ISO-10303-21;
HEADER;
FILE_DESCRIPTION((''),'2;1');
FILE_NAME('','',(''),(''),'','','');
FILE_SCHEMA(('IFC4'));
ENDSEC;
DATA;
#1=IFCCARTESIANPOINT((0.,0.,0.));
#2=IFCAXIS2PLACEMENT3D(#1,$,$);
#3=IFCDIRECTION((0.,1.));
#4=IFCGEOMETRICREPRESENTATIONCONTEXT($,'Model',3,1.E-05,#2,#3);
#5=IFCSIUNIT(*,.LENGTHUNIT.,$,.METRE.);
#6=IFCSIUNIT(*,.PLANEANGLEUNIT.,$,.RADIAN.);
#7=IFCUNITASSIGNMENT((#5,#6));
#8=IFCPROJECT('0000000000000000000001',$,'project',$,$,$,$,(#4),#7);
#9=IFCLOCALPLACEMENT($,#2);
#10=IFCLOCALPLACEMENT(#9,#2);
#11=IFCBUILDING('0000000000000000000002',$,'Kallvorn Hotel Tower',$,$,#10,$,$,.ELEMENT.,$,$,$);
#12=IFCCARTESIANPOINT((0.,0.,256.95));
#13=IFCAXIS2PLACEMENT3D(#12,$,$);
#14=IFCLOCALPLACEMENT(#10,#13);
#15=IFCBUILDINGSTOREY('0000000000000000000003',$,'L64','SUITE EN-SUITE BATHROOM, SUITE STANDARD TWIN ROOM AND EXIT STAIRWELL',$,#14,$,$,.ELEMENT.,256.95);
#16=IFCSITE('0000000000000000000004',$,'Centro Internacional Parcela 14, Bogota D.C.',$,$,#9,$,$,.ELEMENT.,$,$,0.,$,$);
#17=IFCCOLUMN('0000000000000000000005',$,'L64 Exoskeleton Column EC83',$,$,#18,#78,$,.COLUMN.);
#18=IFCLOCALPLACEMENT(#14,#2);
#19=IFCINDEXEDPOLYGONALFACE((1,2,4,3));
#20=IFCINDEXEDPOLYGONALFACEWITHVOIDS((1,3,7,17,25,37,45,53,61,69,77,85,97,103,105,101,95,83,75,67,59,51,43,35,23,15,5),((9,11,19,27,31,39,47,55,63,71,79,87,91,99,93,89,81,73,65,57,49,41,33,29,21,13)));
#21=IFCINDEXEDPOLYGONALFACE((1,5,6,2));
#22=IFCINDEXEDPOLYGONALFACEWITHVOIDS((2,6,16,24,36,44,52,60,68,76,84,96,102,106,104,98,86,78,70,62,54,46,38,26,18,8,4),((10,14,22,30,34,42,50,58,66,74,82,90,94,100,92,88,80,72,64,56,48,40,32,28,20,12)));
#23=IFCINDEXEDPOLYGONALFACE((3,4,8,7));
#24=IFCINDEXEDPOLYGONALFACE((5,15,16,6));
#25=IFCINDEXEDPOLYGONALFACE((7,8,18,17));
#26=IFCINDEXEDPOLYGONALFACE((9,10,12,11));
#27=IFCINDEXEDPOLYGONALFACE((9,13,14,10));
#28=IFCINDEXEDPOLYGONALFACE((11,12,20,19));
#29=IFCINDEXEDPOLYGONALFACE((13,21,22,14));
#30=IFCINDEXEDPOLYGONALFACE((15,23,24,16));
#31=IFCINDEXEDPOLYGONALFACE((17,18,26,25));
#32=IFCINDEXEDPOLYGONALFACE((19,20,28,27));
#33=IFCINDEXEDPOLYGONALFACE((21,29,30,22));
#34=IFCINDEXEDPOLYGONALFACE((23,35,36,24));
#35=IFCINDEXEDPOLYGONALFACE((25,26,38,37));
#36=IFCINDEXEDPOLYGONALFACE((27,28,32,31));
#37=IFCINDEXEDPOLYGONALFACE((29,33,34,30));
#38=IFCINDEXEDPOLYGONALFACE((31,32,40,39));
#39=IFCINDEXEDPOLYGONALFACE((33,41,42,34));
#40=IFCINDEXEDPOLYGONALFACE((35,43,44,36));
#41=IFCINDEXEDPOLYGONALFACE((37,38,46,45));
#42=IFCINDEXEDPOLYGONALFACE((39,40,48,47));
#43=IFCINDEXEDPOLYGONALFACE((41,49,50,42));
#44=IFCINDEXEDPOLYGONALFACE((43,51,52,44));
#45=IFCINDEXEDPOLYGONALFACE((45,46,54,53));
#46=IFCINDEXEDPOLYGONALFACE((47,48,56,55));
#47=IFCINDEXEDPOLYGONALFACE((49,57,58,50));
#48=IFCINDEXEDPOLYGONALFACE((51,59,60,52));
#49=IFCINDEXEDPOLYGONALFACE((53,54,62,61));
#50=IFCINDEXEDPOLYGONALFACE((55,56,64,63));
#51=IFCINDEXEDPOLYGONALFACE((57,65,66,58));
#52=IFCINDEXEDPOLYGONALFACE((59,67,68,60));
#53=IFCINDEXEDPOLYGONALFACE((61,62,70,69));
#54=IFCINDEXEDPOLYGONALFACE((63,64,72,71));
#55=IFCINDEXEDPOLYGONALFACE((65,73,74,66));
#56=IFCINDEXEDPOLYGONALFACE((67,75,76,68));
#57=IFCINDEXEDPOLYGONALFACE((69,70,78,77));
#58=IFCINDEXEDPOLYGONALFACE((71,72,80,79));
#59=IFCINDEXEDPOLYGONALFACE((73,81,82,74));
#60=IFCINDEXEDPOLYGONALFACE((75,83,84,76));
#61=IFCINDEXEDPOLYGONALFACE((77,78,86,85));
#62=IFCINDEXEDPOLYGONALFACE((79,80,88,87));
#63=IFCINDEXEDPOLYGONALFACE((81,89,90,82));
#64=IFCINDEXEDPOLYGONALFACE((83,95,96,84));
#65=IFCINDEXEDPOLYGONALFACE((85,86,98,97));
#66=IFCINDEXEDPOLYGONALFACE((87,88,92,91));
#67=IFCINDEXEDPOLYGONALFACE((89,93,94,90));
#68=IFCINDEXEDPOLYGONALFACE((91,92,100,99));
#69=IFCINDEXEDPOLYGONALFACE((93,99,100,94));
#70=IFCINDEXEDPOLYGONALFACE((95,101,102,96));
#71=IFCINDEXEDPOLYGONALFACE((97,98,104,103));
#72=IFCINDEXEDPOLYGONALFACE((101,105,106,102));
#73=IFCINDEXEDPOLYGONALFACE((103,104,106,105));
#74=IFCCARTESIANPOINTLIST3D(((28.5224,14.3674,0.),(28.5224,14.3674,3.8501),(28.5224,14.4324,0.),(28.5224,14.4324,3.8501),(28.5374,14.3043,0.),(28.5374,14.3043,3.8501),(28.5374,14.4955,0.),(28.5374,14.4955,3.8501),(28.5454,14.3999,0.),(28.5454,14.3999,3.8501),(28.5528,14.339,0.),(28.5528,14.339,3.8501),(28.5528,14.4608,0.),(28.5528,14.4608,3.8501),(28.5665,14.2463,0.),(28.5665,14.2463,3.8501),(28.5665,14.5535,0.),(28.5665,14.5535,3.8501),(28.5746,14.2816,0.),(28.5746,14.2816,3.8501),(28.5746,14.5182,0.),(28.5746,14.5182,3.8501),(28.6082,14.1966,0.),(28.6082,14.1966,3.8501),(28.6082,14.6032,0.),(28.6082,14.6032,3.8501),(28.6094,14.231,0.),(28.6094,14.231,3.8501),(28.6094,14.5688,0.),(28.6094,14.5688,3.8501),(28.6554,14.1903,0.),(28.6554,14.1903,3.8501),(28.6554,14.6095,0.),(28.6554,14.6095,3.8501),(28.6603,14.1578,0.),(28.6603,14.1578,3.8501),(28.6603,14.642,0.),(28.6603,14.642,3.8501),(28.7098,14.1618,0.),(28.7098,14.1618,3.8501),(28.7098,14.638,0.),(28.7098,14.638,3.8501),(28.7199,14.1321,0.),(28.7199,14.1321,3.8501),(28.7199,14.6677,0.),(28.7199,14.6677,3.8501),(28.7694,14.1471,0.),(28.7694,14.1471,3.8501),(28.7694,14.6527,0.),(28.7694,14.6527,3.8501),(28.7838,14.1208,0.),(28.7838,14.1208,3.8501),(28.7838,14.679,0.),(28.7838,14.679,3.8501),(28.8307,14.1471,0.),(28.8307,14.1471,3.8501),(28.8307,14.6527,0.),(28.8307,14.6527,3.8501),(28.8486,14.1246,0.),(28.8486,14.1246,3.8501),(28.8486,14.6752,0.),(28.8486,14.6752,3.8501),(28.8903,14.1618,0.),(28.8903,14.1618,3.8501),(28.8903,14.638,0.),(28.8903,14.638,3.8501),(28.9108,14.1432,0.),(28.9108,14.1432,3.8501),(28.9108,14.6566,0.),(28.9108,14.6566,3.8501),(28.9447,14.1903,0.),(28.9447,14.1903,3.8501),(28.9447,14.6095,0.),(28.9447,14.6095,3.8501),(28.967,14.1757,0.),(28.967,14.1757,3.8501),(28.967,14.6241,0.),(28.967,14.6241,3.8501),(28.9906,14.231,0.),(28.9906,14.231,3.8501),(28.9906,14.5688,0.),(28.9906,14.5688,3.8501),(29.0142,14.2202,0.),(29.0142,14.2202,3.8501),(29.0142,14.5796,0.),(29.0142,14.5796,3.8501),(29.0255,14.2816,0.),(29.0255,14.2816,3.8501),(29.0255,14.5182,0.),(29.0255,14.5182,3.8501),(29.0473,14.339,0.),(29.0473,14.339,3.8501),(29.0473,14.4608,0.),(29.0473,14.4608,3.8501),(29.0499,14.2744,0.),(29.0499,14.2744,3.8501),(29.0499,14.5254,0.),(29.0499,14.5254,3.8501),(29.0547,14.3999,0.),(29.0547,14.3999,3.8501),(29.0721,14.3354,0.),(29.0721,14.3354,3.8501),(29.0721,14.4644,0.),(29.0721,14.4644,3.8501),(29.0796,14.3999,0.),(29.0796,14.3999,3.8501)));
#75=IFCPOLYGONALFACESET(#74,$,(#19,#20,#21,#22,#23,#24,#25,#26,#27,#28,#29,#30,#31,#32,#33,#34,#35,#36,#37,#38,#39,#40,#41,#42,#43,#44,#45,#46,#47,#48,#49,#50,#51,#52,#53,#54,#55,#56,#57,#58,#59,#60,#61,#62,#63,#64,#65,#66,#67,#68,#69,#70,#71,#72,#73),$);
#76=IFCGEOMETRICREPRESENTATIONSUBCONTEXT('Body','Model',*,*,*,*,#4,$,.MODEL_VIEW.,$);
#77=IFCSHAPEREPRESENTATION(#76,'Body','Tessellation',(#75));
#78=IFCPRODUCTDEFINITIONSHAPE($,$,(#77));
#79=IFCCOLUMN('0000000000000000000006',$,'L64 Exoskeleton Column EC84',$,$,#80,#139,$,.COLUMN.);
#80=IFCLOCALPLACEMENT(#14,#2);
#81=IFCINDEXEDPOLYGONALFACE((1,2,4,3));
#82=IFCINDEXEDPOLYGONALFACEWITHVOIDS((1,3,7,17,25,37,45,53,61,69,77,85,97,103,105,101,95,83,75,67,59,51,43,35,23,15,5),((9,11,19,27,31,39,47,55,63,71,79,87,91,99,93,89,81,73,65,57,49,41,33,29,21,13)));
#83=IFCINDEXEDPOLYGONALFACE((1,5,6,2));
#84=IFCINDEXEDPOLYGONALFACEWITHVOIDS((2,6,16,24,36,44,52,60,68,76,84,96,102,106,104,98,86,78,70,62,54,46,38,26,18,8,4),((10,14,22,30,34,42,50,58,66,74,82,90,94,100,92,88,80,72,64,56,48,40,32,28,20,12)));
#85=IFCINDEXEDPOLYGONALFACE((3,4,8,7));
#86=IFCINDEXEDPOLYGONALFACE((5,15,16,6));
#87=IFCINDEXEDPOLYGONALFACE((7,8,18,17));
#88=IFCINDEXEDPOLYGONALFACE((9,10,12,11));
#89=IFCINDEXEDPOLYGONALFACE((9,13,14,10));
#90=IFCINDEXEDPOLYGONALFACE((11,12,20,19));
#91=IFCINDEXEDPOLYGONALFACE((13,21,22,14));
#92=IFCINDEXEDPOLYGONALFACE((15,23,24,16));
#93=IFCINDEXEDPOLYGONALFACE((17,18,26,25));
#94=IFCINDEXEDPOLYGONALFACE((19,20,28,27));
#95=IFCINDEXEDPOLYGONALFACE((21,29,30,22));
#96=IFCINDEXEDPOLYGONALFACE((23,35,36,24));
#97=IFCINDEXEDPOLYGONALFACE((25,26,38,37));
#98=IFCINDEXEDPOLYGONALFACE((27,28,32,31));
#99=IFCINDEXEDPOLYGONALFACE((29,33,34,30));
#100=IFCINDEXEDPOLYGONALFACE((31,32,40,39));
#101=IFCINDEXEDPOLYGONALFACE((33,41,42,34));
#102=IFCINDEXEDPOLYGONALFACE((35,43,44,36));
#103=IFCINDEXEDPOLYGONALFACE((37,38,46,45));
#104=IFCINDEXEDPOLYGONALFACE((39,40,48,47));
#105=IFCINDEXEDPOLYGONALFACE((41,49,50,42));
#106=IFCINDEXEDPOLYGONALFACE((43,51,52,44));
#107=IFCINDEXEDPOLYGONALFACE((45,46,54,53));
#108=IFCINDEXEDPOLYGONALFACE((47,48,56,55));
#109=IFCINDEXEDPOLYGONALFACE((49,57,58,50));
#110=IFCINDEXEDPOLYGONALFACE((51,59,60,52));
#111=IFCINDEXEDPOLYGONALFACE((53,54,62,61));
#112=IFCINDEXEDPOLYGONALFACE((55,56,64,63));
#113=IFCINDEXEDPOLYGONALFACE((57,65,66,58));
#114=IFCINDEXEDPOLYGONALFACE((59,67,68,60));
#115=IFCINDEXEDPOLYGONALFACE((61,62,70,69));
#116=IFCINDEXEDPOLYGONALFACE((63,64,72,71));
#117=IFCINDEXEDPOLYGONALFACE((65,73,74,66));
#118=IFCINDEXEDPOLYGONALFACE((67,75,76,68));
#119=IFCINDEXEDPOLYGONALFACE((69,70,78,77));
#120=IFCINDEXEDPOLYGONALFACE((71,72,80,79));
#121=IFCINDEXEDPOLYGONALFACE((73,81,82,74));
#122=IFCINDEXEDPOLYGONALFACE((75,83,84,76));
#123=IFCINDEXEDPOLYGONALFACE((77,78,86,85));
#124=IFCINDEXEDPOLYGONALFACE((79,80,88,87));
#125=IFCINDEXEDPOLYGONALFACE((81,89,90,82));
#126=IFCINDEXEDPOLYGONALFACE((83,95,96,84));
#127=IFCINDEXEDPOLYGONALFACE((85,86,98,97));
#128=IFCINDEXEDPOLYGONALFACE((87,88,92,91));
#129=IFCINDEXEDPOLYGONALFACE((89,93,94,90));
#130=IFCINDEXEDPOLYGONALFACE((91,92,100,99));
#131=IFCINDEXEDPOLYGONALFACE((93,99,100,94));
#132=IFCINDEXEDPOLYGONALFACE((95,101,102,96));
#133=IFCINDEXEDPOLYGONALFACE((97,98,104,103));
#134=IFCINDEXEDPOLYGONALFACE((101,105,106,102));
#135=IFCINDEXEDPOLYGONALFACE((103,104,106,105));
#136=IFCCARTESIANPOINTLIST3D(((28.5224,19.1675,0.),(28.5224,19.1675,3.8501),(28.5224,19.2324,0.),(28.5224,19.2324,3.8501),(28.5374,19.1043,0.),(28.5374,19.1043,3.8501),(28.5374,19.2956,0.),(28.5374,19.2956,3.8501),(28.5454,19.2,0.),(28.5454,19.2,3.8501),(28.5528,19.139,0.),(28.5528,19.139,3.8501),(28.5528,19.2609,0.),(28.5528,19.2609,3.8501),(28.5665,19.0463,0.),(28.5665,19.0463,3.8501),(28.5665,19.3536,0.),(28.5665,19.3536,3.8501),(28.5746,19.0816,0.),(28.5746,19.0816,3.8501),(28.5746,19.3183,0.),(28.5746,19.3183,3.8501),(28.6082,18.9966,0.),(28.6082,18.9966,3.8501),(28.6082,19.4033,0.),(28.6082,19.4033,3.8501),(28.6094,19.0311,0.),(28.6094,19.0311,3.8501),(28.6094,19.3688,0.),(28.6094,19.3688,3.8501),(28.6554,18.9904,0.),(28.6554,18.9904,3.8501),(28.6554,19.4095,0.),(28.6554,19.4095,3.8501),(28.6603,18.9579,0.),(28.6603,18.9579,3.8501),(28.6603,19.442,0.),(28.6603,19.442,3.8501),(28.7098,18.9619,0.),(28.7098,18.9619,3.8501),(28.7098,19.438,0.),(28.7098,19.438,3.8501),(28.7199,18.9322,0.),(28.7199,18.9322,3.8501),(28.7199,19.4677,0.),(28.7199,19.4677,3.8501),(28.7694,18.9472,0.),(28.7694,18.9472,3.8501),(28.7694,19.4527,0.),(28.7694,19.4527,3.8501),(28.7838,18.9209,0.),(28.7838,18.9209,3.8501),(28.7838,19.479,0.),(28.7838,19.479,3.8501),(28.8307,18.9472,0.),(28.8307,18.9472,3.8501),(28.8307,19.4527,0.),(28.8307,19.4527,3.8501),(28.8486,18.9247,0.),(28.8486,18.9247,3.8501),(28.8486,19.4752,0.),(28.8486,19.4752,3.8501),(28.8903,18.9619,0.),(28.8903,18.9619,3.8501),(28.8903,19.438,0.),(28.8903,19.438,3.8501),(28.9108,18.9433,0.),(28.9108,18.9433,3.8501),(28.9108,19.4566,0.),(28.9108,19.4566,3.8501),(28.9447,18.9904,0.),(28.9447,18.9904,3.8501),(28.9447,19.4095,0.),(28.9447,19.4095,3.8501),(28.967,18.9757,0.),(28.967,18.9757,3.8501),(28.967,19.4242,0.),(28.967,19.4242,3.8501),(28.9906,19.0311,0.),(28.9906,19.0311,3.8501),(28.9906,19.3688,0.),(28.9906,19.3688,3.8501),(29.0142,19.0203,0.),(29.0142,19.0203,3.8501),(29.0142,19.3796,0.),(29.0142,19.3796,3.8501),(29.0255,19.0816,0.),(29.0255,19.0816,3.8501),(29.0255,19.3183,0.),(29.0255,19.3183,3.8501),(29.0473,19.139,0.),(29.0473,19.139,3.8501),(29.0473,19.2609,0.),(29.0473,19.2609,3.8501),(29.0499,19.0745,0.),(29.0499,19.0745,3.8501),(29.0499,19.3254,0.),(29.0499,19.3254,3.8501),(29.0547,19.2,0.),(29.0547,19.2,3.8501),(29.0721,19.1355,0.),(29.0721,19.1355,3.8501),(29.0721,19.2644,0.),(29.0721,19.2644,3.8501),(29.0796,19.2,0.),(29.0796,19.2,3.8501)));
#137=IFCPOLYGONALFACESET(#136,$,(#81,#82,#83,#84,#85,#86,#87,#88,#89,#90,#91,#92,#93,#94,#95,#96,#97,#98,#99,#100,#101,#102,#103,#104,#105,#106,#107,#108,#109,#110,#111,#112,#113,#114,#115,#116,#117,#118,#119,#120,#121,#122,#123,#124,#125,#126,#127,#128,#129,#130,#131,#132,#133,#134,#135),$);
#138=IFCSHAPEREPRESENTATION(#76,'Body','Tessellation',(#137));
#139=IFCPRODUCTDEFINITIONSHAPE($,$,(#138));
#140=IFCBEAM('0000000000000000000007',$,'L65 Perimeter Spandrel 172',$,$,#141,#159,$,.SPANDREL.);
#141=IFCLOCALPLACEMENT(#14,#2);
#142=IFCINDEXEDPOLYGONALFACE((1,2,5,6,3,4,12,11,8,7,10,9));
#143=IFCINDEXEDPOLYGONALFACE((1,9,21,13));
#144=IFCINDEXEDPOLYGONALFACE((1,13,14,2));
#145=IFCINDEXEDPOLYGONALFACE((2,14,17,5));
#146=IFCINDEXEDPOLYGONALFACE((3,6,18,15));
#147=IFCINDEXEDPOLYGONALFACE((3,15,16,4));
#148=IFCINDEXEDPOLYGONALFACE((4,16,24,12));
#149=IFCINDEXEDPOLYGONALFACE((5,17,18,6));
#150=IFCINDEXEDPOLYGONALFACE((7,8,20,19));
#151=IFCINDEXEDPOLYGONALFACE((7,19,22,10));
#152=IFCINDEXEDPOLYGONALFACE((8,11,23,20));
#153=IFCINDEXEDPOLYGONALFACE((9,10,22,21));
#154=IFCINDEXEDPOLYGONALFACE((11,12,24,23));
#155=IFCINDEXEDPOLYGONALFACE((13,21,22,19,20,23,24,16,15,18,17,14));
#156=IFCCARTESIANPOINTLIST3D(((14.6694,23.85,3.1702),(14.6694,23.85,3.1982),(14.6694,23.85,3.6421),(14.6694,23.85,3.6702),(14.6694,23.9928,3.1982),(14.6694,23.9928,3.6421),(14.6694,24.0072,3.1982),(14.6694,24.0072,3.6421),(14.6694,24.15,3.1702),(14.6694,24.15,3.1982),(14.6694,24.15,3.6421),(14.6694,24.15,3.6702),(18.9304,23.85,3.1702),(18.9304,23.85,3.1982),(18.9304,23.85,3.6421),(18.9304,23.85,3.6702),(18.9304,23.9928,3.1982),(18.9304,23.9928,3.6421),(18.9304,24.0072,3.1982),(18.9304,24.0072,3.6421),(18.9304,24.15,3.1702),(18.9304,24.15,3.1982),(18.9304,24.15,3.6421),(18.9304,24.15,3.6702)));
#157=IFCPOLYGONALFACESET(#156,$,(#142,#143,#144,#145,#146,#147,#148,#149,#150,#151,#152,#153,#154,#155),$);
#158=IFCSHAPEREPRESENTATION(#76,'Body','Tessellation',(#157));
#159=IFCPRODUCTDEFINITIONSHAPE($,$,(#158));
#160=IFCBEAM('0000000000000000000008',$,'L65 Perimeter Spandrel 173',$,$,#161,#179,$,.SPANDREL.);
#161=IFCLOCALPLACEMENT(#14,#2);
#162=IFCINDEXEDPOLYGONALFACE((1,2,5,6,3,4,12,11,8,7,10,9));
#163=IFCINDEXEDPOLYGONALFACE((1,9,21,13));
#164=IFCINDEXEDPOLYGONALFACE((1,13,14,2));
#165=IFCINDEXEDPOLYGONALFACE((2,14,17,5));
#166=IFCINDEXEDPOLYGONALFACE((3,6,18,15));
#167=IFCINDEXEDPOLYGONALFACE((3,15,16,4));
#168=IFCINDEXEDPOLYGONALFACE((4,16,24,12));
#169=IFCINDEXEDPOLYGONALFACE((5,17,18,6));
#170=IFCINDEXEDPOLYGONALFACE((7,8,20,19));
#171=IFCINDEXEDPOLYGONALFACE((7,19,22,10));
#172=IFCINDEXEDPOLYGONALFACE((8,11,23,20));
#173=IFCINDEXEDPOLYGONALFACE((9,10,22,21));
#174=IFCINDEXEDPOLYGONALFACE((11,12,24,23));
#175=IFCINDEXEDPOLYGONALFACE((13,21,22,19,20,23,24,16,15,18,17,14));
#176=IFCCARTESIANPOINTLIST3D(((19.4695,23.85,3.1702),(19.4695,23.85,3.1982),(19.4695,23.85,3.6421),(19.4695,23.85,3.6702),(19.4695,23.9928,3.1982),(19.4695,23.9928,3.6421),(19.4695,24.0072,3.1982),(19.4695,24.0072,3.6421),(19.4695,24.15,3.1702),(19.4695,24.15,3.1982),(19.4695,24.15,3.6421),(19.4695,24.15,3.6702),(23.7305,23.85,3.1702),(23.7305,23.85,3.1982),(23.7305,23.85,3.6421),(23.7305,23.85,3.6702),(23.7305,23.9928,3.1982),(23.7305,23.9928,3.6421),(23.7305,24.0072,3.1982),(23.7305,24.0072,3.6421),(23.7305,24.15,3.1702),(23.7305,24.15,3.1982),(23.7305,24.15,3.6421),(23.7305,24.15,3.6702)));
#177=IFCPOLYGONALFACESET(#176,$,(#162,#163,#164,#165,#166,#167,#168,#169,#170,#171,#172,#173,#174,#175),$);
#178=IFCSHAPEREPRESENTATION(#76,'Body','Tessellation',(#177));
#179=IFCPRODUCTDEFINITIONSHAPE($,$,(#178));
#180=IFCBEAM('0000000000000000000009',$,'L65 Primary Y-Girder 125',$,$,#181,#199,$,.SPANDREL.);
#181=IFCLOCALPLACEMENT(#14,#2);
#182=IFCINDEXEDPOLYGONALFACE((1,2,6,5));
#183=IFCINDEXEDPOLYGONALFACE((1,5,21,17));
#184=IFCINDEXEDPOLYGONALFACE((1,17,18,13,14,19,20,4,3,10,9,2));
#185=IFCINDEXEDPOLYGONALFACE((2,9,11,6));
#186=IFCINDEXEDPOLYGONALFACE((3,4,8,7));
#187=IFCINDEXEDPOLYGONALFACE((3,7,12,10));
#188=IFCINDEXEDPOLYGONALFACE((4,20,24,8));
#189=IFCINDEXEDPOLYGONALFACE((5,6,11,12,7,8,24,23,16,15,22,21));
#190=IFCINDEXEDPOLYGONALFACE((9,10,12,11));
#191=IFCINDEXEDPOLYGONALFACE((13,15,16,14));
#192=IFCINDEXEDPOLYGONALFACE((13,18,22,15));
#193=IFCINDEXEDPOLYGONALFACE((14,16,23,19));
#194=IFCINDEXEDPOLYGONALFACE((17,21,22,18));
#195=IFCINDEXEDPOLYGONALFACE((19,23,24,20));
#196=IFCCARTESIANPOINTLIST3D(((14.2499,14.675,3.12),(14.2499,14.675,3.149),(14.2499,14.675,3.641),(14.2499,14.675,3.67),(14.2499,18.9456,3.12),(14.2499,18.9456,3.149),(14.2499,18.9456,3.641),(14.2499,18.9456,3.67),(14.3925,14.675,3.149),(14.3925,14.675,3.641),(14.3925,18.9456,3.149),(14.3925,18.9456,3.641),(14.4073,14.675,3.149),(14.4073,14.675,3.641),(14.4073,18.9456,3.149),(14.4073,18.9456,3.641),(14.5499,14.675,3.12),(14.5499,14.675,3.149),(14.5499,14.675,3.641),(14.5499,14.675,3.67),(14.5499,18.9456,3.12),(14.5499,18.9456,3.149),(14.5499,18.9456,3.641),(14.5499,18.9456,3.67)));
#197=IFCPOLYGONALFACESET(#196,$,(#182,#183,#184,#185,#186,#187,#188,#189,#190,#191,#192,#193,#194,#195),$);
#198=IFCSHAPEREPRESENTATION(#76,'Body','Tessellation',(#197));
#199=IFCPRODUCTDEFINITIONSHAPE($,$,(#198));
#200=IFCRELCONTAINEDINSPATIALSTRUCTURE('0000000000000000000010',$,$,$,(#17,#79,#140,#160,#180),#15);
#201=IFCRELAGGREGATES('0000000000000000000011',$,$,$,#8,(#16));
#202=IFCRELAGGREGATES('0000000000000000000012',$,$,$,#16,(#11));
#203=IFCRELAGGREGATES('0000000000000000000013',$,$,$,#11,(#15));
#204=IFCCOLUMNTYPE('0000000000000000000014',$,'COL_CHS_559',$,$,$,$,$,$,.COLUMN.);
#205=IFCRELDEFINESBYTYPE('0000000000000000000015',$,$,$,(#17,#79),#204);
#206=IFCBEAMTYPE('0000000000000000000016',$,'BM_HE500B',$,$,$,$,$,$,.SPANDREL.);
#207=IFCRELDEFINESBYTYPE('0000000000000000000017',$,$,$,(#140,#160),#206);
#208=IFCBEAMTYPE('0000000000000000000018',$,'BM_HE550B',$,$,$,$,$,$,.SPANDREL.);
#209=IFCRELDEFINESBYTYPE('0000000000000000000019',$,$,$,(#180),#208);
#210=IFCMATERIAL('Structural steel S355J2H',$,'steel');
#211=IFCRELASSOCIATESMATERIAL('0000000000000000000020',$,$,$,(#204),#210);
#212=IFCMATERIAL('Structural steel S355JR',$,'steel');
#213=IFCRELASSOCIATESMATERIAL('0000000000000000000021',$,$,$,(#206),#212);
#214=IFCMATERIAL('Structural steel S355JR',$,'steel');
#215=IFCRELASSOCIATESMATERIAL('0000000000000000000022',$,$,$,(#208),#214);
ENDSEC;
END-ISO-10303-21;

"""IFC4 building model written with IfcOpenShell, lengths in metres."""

from ifc_helpers import new_model, si_unit, direction, frame, origin, origin_2d, place, context, subcontext, project, spatial, hollow_circle, i_section, extrude, material, material_profile, profile_set, type_object, element, save


model = new_model("IFC4")

# Units and contexts
model_context = context("Model", 3, precision=1e-05, world=origin(), true_north=direction((0.0, 1.0)))
body_context = subcontext(model_context, "Body", "Model", "MODEL_VIEW")
ifc_project = project(units=[si_unit("LENGTHUNIT", "METRE"), si_unit("PLANEANGLEUNIT", "RADIAN")], contexts=[model_context])

# Site, building, storey
site_placement = place(None, origin())
site = spatial("IfcSite", under=ifc_project, at=site_placement, Name="Centro Internacional Parcela 14, Bogota D.C.", CompositionType="ELEMENT", RefElevation=0.0)
building_placement = place(site_placement, origin())
building = spatial("IfcBuilding", under=site, at=building_placement, Name="Kallvorn Hotel Tower", CompositionType="ELEMENT")
storey_placement = place(building_placement, frame((0.0, 0.0, 256.95)))
storey = spatial("IfcBuildingStorey", under=building, at=storey_placement, Name="L64", Description="SUITE EN-SUITE BATHROOM, SUITE STANDARD TWIN ROOM AND EXIT STAIRWELL", CompositionType="ELEMENT", Elevation=256.95)

# Columns
ifc_material_1 = material(Name="Structural steel S355J2H", Category="steel")
ifc_material_profile_1 = material_profile(ifc_material_1, hollow_circle(Radius=0.2795, WallThickness=0.0249, at=origin_2d()), Name="CHS 559x25")
ifc_profile_set_1 = profile_set([ifc_material_profile_1], Name="Structural steel S355J2H")
column_type = type_object("IfcColumnType", Name="COL_CHS_559", PredefinedType="COLUMN", material=ifc_profile_set_1)
for number, where, z_axis, x_axis, name in (
    (1, (28.8, 14.3999, 0.0), (0.0, 0.0, 1.0), (1.0, 0.0, 0.0), "L64 Exoskeleton Column EC83"),
    (2, (28.8, 19.2, 0.0), (0.0, 0.0, 1.0), (1.0, 0.0, 0.0), "L64 Exoskeleton Column EC84"),
):
    element("IfcColumn", number, at=place(storey_placement, frame(where, z_axis=z_axis, x_axis=x_axis)), inside=storey, type_object=column_type, Name=name, PredefinedType="COLUMN", context=body_context, shape_type="SweptSolid", body=[
        extrude(hollow_circle(Radius=0.2795, WallThickness=0.0249, at=origin_2d()), origin(), (0.0, 0.0, 1.0), 3.8501),
    ])

# Beams
ifc_material_2 = material(Name="Structural steel S355JR", Category="steel")
ifc_material_profile_2 = material_profile(ifc_material_2, i_section(OverallWidth=0.3, OverallDepth=0.5, WebThickness=0.0144, FlangeThickness=0.0281, at=origin_2d()), Name="HE 500 B")
ifc_profile_set_2 = profile_set([ifc_material_profile_2], Name="Structural steel S355JR")
beam_type_1 = type_object("IfcBeamType", Name="BM_HE500B", PredefinedType="SPANDREL", material=ifc_profile_set_2)
for number, where, z_axis, x_axis, name in (
    (3, (14.6694, 24.0, 3.4202), (1.0, 0.0, 0.0), (0.0, 1.0, 0.0), "L65 Perimeter Spandrel 172"),
    (4, (19.4695, 24.0, 3.4202), (1.0, 0.0, 0.0), (0.0, 1.0, 0.0), "L65 Perimeter Spandrel 173"),
):
    element("IfcBeam", number, at=place(storey_placement, frame(where, z_axis=z_axis, x_axis=x_axis)), inside=storey, type_object=beam_type_1, Name=name, PredefinedType="SPANDREL", context=body_context, shape_type="SweptSolid", body=[
        extrude(i_section(OverallWidth=0.3, OverallDepth=0.5, WebThickness=0.0144, FlangeThickness=0.0281, at=origin_2d()), origin(), (0.0, 0.0, 1.0), 4.261),
    ])
ifc_material_3 = material(Name="Structural steel S355JR", Category="steel")
ifc_material_profile_3 = material_profile(ifc_material_3, i_section(OverallWidth=0.3, OverallDepth=0.55, WebThickness=0.0149, FlangeThickness=0.0291, at=origin_2d()), Name="HE 550 B")
ifc_profile_set_3 = profile_set([ifc_material_profile_3], Name="Structural steel S355JR")
beam_type_2 = type_object("IfcBeamType", Name="BM_HE550B", PredefinedType="SPANDREL", material=ifc_profile_set_3)
beam_1_placement = place(storey_placement, frame((14.3999, 14.675, 3.395), z_axis=(0.0, 1.0, 0.0), x_axis=(-1.0, 0.0, 0.0)))
element("IfcBeam", 5, at=beam_1_placement, inside=storey, type_object=beam_type_2, Name="L65 Primary Y-Girder 125", PredefinedType="SPANDREL", context=body_context, shape_type="SweptSolid", body=[
    extrude(i_section(OverallWidth=0.3, OverallDepth=0.55, WebThickness=0.0149, FlangeThickness=0.0291, at=origin_2d()), origin(), (0.0, 0.0, 1.0), 4.2705),
])

save(model, "model.ifc")
